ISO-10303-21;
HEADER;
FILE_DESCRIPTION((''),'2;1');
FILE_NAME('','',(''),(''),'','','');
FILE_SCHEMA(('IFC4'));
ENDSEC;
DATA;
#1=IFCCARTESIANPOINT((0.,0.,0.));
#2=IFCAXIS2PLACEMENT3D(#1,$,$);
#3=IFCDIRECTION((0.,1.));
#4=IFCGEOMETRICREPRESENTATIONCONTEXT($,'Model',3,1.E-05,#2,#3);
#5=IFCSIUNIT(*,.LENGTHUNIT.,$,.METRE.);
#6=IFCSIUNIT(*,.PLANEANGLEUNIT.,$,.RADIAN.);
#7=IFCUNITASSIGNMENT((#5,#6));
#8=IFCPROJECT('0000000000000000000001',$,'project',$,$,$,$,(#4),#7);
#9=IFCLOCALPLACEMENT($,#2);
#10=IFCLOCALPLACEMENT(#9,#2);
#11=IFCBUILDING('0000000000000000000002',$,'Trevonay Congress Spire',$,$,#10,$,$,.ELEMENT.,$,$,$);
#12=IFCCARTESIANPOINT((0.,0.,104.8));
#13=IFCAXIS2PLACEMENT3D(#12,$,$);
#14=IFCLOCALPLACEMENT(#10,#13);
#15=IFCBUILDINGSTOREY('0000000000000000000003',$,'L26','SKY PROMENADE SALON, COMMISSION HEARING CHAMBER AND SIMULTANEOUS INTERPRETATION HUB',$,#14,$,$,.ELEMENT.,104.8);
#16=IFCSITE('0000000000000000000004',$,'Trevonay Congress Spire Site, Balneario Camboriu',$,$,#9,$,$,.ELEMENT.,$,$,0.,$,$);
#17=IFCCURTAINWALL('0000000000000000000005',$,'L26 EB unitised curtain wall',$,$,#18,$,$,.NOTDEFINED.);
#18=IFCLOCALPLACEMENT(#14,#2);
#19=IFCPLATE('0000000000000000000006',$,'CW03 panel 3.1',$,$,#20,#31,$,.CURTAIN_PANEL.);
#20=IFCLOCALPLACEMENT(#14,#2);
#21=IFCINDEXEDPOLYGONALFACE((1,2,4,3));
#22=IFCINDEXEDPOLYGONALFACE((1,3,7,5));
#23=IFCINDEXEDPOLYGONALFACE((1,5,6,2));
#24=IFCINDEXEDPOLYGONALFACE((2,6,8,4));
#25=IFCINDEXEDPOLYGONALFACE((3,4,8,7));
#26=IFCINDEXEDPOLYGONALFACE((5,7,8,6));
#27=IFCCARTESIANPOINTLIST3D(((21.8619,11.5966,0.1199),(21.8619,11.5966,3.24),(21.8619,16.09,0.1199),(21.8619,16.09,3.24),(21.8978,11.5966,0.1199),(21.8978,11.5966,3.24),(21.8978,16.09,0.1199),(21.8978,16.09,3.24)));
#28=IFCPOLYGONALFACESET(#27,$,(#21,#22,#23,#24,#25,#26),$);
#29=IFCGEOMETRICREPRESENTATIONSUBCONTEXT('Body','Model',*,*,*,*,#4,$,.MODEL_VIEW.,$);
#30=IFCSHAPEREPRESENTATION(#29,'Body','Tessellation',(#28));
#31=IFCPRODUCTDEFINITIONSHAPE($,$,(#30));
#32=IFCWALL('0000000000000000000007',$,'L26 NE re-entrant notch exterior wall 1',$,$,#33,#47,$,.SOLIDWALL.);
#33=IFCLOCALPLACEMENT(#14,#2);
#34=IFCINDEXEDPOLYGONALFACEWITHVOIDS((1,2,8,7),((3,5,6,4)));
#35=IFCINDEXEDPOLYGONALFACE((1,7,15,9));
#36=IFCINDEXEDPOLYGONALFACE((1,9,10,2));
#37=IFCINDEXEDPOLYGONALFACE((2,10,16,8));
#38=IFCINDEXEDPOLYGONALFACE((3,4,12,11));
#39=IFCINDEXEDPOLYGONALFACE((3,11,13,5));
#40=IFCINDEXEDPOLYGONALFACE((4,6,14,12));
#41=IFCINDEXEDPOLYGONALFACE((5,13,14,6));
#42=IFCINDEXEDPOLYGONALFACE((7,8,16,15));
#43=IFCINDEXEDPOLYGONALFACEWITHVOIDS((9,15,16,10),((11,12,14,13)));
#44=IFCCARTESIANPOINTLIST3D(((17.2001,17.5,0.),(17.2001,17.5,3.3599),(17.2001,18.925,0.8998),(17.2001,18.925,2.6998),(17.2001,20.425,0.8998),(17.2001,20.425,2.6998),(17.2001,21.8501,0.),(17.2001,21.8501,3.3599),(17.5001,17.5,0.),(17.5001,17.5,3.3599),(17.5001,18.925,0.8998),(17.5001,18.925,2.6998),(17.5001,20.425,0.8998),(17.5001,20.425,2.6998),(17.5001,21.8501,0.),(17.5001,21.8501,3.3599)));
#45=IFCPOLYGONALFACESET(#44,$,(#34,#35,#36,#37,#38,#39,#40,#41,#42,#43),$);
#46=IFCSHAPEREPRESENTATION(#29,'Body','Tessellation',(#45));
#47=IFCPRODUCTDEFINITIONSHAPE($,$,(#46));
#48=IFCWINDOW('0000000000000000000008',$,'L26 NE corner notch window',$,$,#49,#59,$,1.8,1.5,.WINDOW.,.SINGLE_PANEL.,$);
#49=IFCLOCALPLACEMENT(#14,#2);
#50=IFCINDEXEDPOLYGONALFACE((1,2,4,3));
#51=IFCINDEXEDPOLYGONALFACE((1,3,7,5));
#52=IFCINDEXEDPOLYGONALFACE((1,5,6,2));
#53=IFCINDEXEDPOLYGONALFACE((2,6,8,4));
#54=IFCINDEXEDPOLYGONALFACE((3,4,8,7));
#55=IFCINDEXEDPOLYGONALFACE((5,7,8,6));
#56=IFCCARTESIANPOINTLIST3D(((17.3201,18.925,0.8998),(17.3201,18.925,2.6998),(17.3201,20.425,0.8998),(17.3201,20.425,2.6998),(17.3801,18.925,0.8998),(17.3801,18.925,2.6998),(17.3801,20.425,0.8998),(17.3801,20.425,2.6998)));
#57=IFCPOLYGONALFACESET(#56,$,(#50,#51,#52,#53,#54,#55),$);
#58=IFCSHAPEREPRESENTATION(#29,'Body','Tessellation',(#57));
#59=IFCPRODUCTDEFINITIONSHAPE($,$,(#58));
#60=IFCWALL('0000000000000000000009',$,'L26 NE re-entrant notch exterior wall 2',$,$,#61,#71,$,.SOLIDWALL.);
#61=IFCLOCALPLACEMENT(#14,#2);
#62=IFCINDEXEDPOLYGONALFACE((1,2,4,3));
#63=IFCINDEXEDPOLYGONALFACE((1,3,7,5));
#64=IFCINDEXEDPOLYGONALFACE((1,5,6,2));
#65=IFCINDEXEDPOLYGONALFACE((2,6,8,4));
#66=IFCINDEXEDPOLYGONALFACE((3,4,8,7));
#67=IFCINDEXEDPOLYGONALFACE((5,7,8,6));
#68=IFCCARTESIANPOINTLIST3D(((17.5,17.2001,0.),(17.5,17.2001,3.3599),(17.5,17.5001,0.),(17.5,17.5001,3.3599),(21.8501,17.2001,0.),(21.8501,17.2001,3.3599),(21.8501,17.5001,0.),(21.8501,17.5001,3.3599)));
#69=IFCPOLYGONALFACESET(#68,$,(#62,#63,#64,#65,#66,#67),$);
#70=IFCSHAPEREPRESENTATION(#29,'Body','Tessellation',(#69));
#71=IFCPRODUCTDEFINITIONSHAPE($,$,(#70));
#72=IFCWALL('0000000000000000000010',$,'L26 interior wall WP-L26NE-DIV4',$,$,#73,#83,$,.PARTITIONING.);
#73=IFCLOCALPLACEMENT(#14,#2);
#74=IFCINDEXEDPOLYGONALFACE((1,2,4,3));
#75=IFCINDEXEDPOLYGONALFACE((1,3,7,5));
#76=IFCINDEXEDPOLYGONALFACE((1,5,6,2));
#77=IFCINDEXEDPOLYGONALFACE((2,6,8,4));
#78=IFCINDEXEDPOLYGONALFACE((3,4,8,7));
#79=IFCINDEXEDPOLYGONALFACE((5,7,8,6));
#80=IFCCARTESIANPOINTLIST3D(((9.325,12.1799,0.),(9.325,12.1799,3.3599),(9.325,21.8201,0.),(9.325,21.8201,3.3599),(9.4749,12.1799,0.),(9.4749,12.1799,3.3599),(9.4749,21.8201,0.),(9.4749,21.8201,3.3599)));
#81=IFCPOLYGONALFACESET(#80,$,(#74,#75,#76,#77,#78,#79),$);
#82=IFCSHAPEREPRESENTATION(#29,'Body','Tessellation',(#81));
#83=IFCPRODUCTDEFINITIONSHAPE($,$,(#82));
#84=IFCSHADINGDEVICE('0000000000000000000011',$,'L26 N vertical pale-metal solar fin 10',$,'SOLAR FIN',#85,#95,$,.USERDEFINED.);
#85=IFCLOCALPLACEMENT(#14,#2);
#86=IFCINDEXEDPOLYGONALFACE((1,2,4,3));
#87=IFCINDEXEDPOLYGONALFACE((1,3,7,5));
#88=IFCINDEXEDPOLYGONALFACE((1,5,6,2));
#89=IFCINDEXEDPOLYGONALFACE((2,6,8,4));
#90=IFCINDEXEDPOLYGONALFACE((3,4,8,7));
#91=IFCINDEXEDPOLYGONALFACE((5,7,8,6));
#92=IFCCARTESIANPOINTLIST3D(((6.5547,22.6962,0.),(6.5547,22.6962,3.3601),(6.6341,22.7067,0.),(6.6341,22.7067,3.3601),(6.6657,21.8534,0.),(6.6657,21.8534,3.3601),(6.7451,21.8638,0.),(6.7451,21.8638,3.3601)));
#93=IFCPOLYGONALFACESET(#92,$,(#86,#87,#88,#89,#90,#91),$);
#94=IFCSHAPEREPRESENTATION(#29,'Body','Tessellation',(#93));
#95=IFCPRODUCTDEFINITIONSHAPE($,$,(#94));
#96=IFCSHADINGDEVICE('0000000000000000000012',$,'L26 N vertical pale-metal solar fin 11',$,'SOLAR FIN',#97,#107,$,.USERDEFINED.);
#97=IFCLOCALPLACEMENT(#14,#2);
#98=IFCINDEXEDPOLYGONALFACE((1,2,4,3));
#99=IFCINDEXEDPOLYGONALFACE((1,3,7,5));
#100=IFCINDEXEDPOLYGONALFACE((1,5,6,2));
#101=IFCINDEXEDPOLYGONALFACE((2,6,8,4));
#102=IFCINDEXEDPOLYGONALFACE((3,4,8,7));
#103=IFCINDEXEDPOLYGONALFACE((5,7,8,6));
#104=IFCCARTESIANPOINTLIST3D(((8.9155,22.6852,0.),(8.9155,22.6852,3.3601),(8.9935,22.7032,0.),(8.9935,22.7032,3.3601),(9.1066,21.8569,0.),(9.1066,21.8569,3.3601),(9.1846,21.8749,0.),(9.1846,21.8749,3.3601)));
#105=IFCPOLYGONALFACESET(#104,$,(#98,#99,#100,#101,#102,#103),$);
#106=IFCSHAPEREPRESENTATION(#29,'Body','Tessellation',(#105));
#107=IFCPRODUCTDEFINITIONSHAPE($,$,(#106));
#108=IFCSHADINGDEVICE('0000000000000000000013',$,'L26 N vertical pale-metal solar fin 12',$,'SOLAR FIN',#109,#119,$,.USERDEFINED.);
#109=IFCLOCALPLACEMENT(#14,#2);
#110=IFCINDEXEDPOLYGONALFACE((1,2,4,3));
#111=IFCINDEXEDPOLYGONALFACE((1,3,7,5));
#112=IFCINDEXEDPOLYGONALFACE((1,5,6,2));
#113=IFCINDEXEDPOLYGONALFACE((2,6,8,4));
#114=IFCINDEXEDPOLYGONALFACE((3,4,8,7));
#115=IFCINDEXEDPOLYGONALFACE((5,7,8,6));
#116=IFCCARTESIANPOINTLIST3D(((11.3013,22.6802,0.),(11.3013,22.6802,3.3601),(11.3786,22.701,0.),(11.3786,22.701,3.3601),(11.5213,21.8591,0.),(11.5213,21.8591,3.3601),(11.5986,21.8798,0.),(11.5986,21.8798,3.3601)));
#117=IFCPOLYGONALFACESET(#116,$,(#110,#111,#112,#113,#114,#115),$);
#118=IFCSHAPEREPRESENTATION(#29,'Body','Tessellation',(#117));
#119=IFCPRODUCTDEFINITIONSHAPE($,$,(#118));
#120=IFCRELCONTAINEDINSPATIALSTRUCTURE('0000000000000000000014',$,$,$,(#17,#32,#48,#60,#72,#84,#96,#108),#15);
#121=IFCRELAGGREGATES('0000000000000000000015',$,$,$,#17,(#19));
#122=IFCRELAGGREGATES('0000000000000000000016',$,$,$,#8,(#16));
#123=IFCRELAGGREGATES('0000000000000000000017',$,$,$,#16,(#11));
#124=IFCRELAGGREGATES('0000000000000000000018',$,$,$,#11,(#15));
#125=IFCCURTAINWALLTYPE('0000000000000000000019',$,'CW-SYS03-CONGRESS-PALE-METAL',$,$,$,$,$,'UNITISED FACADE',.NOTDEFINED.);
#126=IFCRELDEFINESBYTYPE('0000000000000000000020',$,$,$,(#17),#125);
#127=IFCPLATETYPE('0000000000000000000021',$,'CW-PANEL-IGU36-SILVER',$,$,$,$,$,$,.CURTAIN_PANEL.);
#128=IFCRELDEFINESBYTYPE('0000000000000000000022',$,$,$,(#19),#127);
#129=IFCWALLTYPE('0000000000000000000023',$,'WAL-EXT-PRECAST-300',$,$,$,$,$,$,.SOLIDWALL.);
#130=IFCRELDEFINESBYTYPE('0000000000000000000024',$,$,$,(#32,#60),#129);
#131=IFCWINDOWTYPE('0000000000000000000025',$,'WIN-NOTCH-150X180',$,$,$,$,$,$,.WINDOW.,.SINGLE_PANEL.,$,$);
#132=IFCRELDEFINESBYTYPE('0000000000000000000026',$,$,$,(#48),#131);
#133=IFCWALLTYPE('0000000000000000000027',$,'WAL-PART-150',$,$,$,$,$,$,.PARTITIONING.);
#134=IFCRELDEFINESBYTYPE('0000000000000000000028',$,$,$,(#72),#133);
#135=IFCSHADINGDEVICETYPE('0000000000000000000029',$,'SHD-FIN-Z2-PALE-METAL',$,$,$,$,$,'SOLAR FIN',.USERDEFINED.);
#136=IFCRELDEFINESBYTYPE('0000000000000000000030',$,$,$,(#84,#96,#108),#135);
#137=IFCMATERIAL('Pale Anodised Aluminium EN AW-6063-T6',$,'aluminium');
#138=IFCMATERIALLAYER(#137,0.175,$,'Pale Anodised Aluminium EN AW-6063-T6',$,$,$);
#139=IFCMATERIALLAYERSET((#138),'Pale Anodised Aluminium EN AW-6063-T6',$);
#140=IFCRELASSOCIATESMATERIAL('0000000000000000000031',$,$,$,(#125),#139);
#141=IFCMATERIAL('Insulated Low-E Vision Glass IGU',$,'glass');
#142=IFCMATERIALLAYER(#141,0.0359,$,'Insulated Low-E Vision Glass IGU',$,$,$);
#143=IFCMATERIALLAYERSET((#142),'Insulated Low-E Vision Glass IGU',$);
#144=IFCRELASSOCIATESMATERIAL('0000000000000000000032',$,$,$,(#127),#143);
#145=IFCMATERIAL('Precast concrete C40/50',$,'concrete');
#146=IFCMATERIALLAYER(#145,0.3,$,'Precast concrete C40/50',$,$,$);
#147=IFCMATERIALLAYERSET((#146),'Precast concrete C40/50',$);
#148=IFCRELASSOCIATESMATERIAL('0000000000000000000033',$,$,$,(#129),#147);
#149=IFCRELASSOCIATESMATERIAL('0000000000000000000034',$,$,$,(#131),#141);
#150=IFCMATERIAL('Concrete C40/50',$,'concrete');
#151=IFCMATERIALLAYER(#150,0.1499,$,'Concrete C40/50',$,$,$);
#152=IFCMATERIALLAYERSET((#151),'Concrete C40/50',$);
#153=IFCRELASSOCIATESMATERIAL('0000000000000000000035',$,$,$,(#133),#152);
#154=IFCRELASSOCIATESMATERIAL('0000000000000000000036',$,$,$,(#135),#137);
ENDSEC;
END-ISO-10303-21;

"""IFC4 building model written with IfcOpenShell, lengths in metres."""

from ifc_helpers import new_model, si_unit, direction, frame, frame_2d, origin, origin_2d, place, context, subcontext, project, spatial, rectangle, extrude, material, layer, layer_set, type_object, element, fill, aggregate, save


model = new_model("IFC4")

# Units and contexts
model_context = context("Model", 3, precision=1e-05, world=origin(), true_north=direction((0.0, 1.0)))
body_context = subcontext(model_context, "Body", "Model", "MODEL_VIEW")
ifc_project = project(units=[si_unit("LENGTHUNIT", "METRE"), si_unit("PLANEANGLEUNIT", "RADIAN")], contexts=[model_context])

# Site, building, storey
site_placement = place(None, origin())
site = spatial("IfcSite", under=ifc_project, at=site_placement, Name="Trevonay Congress Spire Site, Balneario Camboriu", CompositionType="ELEMENT", RefElevation=0.0)
building_placement = place(site_placement, origin())
building = spatial("IfcBuilding", under=site, at=building_placement, Name="Trevonay Congress Spire", CompositionType="ELEMENT")
storey_placement = place(building_placement, frame((0.0, 0.0, 104.8)))
storey = spatial("IfcBuildingStorey", under=building, at=storey_placement, Name="L26", Description="SKY PROMENADE SALON, COMMISSION HEARING CHAMBER AND SIMULTANEOUS INTERPRETATION HUB", CompositionType="ELEMENT", Elevation=104.8)

# Curtain wall
ifc_material_1 = material(Name="Pale Anodised Aluminium EN AW-6063-T6", Category="aluminium")
ifc_layer_1 = layer(ifc_material_1, 0.175, Name="Pale Anodised Aluminium EN AW-6063-T6")
ifc_layer_set_1 = layer_set([ifc_layer_1], Name="Pale Anodised Aluminium EN AW-6063-T6")
curtain_wall_type = type_object("IfcCurtainWallType", Name="CW-SYS03-CONGRESS-PALE-METAL", ElementType="UNITISED FACADE", PredefinedType="NOTDEFINED", material=ifc_layer_set_1)
curtain_wall_1_placement = place(storey_placement, origin())
curtain_wall_1 = element("IfcCurtainWall", 1, at=curtain_wall_1_placement, inside=storey, type_object=curtain_wall_type, Name="L26 EB unitised curtain wall", PredefinedType="NOTDEFINED")

# Plate
ifc_material_2 = material(Name="Insulated Low-E Vision Glass IGU", Category="glass")
ifc_layer_2 = layer(ifc_material_2, 0.0359, Name="Insulated Low-E Vision Glass IGU")
ifc_layer_set_2 = layer_set([ifc_layer_2], Name="Insulated Low-E Vision Glass IGU")
plate_type = type_object("IfcPlateType", Name="CW-PANEL-IGU36-SILVER", PredefinedType="CURTAIN_PANEL", material=ifc_layer_set_2)
plate_1_placement = place(storey_placement, frame((21.8799, 13.8433, 0.1199), z_axis=(0.0, 0.0, 1.0), x_axis=(0.0, 1.0, 0.0)))
plate_1 = element("IfcPlate", 2, at=plate_1_placement, type_object=plate_type, Name="CW03 panel 3.1", PredefinedType="CURTAIN_PANEL", context=body_context, shape_type="SweptSolid", body=[
    extrude(rectangle(XDim=4.4934, YDim=0.0359, at=origin_2d()), origin(), (0.0, 0.0, 1.0), 3.1201),
])
aggregate(curtain_wall_1, [plate_1])

# Wall, opening, window
ifc_material_3 = material(Name="Precast concrete C40/50", Category="concrete")
ifc_layer_3 = layer(ifc_material_3, 0.3, Name="Precast concrete C40/50")
ifc_layer_set_3 = layer_set([ifc_layer_3], Name="Precast concrete C40/50")
wall_type_1 = type_object("IfcWallType", Name="WAL-EXT-PRECAST-300", PredefinedType="SOLIDWALL", material=ifc_layer_set_3)
wall_1_placement = place(storey_placement, frame((17.3501, 21.8501, 0.0), z_axis=(0.0, 0.0, 1.0), x_axis=(0.0, -1.0, 0.0)))
wall_1 = element("IfcWall", 3, at=wall_1_placement, inside=storey, type_object=wall_type_1, Name="L26 NE re-entrant notch exterior wall 1", PredefinedType="SOLIDWALL", context=body_context, shape_type="SweptSolid", body=[
    extrude(rectangle(XDim=4.3501, YDim=0.3, at=frame_2d((2.175, 0.0))), origin(), (0.0, 0.0, 1.0), 3.3599),
])
opening_placement = place(wall_1_placement, frame((1.425, 0.0, 0.8999)))
opening = element("IfcOpeningElement", 4, at=opening_placement, cuts=wall_1, PredefinedType="OPENING", context=body_context, shape_type="SweptSolid", body=[
    extrude(rectangle(XDim=1.5, YDim=1.8, at=frame_2d((0.75, 0.8999))), frame((0.0, 0.1602, 0.0), z_axis=(0.0, -1.0, 0.0), x_axis=(1.0, 0.0, 0.0)), (0.0, 0.0, 1.0), 0.3201),
])
window_type = type_object("IfcWindowType", Name="WIN-NOTCH-150X180", PartitioningType="SINGLE_PANEL", PredefinedType="WINDOW", material=ifc_material_2)
window_placement = place(opening_placement, origin())
window = element("IfcWindow", 5, at=window_placement, inside=storey, type_object=window_type, Name="L26 NE corner notch window", OverallHeight=1.8, OverallWidth=1.5, PartitioningType="SINGLE_PANEL", PredefinedType="WINDOW", context=body_context, shape_type="SweptSolid", body=[
    extrude(rectangle(XDim=1.5, YDim=1.8, at=frame_2d((0.75, 0.8999))), frame((0.0, 0.03, 0.0), z_axis=(0.0, -1.0, 0.0), x_axis=(1.0, 0.0, 0.0)), (0.0, 0.0, 1.0), 0.0601),
])
fill(opening, window)

# Walls
wall_2_placement = place(storey_placement, frame((21.8501, 17.3501, 0.0), z_axis=(0.0, 0.0, 1.0), x_axis=(-1.0, 0.0, 0.0)))
element("IfcWall", 6, at=wall_2_placement, inside=storey, type_object=wall_type_1, Name="L26 NE re-entrant notch exterior wall 2", PredefinedType="SOLIDWALL", context=body_context, shape_type="SweptSolid", body=[
    extrude(rectangle(XDim=4.3501, YDim=0.3, at=frame_2d((2.175, 0.0))), origin(), (0.0, 0.0, 1.0), 3.3599),
])
ifc_material_4 = material(Name="Concrete C40/50", Category="concrete")
ifc_layer_4 = layer(ifc_material_4, 0.1499, Name="Concrete C40/50")
ifc_layer_set_4 = layer_set([ifc_layer_4], Name="Concrete C40/50")
wall_type_2 = type_object("IfcWallType", Name="WAL-PART-150", PredefinedType="PARTITIONING", material=ifc_layer_set_4)
wall_3_placement = place(storey_placement, frame((9.3999, 12.1799, 0.0), z_axis=(0.0, 0.0, 1.0), x_axis=(0.0, 1.0, 0.0)))
element("IfcWall", 7, at=wall_3_placement, inside=storey, type_object=wall_type_2, Name="L26 interior wall WP-L26NE-DIV4", PredefinedType="PARTITIONING", context=body_context, shape_type="SweptSolid", body=[
    extrude(rectangle(XDim=9.6401, YDim=0.1499, at=frame_2d((4.8201, 0.0))), origin(), (0.0, 0.0, 1.0), 3.3599),
])

# Shading devices
shading_device_type = type_object("IfcShadingDeviceType", Name="SHD-FIN-Z2-PALE-METAL", ElementType="SOLAR FIN", PredefinedType="USERDEFINED", material=ifc_material_1)
for number, where, z_axis, x_axis, name in (
    (8, (6.6499, 22.28, 0.0), (0.0, 0.0, 1.0), (0.991445, 0.130526, 0.0), "L26 N vertical pale-metal solar fin 10"),
    (9, (9.05, 22.28, 0.0), (0.0, 0.0, 1.0), (0.974409, 0.224781, 0.0), "L26 N vertical pale-metal solar fin 11"),
    (10, (11.45, 22.28, 0.0), (0.0, 0.0, 1.0), (0.965926, 0.258819, 0.0), "L26 N vertical pale-metal solar fin 12"),
):
    element("IfcShadingDevice", number, at=place(storey_placement, frame(where, z_axis=z_axis, x_axis=x_axis)), inside=storey, type_object=shading_device_type, Name=name, ObjectType="SOLAR FIN", PredefinedType="USERDEFINED", context=body_context, shape_type="SweptSolid", body=[
        extrude(rectangle(XDim=0.0801, YDim=0.8501, at=origin_2d()), origin(), (0.0, 0.0, 1.0), 3.3601),
    ])

save(model, "model.ifc")
